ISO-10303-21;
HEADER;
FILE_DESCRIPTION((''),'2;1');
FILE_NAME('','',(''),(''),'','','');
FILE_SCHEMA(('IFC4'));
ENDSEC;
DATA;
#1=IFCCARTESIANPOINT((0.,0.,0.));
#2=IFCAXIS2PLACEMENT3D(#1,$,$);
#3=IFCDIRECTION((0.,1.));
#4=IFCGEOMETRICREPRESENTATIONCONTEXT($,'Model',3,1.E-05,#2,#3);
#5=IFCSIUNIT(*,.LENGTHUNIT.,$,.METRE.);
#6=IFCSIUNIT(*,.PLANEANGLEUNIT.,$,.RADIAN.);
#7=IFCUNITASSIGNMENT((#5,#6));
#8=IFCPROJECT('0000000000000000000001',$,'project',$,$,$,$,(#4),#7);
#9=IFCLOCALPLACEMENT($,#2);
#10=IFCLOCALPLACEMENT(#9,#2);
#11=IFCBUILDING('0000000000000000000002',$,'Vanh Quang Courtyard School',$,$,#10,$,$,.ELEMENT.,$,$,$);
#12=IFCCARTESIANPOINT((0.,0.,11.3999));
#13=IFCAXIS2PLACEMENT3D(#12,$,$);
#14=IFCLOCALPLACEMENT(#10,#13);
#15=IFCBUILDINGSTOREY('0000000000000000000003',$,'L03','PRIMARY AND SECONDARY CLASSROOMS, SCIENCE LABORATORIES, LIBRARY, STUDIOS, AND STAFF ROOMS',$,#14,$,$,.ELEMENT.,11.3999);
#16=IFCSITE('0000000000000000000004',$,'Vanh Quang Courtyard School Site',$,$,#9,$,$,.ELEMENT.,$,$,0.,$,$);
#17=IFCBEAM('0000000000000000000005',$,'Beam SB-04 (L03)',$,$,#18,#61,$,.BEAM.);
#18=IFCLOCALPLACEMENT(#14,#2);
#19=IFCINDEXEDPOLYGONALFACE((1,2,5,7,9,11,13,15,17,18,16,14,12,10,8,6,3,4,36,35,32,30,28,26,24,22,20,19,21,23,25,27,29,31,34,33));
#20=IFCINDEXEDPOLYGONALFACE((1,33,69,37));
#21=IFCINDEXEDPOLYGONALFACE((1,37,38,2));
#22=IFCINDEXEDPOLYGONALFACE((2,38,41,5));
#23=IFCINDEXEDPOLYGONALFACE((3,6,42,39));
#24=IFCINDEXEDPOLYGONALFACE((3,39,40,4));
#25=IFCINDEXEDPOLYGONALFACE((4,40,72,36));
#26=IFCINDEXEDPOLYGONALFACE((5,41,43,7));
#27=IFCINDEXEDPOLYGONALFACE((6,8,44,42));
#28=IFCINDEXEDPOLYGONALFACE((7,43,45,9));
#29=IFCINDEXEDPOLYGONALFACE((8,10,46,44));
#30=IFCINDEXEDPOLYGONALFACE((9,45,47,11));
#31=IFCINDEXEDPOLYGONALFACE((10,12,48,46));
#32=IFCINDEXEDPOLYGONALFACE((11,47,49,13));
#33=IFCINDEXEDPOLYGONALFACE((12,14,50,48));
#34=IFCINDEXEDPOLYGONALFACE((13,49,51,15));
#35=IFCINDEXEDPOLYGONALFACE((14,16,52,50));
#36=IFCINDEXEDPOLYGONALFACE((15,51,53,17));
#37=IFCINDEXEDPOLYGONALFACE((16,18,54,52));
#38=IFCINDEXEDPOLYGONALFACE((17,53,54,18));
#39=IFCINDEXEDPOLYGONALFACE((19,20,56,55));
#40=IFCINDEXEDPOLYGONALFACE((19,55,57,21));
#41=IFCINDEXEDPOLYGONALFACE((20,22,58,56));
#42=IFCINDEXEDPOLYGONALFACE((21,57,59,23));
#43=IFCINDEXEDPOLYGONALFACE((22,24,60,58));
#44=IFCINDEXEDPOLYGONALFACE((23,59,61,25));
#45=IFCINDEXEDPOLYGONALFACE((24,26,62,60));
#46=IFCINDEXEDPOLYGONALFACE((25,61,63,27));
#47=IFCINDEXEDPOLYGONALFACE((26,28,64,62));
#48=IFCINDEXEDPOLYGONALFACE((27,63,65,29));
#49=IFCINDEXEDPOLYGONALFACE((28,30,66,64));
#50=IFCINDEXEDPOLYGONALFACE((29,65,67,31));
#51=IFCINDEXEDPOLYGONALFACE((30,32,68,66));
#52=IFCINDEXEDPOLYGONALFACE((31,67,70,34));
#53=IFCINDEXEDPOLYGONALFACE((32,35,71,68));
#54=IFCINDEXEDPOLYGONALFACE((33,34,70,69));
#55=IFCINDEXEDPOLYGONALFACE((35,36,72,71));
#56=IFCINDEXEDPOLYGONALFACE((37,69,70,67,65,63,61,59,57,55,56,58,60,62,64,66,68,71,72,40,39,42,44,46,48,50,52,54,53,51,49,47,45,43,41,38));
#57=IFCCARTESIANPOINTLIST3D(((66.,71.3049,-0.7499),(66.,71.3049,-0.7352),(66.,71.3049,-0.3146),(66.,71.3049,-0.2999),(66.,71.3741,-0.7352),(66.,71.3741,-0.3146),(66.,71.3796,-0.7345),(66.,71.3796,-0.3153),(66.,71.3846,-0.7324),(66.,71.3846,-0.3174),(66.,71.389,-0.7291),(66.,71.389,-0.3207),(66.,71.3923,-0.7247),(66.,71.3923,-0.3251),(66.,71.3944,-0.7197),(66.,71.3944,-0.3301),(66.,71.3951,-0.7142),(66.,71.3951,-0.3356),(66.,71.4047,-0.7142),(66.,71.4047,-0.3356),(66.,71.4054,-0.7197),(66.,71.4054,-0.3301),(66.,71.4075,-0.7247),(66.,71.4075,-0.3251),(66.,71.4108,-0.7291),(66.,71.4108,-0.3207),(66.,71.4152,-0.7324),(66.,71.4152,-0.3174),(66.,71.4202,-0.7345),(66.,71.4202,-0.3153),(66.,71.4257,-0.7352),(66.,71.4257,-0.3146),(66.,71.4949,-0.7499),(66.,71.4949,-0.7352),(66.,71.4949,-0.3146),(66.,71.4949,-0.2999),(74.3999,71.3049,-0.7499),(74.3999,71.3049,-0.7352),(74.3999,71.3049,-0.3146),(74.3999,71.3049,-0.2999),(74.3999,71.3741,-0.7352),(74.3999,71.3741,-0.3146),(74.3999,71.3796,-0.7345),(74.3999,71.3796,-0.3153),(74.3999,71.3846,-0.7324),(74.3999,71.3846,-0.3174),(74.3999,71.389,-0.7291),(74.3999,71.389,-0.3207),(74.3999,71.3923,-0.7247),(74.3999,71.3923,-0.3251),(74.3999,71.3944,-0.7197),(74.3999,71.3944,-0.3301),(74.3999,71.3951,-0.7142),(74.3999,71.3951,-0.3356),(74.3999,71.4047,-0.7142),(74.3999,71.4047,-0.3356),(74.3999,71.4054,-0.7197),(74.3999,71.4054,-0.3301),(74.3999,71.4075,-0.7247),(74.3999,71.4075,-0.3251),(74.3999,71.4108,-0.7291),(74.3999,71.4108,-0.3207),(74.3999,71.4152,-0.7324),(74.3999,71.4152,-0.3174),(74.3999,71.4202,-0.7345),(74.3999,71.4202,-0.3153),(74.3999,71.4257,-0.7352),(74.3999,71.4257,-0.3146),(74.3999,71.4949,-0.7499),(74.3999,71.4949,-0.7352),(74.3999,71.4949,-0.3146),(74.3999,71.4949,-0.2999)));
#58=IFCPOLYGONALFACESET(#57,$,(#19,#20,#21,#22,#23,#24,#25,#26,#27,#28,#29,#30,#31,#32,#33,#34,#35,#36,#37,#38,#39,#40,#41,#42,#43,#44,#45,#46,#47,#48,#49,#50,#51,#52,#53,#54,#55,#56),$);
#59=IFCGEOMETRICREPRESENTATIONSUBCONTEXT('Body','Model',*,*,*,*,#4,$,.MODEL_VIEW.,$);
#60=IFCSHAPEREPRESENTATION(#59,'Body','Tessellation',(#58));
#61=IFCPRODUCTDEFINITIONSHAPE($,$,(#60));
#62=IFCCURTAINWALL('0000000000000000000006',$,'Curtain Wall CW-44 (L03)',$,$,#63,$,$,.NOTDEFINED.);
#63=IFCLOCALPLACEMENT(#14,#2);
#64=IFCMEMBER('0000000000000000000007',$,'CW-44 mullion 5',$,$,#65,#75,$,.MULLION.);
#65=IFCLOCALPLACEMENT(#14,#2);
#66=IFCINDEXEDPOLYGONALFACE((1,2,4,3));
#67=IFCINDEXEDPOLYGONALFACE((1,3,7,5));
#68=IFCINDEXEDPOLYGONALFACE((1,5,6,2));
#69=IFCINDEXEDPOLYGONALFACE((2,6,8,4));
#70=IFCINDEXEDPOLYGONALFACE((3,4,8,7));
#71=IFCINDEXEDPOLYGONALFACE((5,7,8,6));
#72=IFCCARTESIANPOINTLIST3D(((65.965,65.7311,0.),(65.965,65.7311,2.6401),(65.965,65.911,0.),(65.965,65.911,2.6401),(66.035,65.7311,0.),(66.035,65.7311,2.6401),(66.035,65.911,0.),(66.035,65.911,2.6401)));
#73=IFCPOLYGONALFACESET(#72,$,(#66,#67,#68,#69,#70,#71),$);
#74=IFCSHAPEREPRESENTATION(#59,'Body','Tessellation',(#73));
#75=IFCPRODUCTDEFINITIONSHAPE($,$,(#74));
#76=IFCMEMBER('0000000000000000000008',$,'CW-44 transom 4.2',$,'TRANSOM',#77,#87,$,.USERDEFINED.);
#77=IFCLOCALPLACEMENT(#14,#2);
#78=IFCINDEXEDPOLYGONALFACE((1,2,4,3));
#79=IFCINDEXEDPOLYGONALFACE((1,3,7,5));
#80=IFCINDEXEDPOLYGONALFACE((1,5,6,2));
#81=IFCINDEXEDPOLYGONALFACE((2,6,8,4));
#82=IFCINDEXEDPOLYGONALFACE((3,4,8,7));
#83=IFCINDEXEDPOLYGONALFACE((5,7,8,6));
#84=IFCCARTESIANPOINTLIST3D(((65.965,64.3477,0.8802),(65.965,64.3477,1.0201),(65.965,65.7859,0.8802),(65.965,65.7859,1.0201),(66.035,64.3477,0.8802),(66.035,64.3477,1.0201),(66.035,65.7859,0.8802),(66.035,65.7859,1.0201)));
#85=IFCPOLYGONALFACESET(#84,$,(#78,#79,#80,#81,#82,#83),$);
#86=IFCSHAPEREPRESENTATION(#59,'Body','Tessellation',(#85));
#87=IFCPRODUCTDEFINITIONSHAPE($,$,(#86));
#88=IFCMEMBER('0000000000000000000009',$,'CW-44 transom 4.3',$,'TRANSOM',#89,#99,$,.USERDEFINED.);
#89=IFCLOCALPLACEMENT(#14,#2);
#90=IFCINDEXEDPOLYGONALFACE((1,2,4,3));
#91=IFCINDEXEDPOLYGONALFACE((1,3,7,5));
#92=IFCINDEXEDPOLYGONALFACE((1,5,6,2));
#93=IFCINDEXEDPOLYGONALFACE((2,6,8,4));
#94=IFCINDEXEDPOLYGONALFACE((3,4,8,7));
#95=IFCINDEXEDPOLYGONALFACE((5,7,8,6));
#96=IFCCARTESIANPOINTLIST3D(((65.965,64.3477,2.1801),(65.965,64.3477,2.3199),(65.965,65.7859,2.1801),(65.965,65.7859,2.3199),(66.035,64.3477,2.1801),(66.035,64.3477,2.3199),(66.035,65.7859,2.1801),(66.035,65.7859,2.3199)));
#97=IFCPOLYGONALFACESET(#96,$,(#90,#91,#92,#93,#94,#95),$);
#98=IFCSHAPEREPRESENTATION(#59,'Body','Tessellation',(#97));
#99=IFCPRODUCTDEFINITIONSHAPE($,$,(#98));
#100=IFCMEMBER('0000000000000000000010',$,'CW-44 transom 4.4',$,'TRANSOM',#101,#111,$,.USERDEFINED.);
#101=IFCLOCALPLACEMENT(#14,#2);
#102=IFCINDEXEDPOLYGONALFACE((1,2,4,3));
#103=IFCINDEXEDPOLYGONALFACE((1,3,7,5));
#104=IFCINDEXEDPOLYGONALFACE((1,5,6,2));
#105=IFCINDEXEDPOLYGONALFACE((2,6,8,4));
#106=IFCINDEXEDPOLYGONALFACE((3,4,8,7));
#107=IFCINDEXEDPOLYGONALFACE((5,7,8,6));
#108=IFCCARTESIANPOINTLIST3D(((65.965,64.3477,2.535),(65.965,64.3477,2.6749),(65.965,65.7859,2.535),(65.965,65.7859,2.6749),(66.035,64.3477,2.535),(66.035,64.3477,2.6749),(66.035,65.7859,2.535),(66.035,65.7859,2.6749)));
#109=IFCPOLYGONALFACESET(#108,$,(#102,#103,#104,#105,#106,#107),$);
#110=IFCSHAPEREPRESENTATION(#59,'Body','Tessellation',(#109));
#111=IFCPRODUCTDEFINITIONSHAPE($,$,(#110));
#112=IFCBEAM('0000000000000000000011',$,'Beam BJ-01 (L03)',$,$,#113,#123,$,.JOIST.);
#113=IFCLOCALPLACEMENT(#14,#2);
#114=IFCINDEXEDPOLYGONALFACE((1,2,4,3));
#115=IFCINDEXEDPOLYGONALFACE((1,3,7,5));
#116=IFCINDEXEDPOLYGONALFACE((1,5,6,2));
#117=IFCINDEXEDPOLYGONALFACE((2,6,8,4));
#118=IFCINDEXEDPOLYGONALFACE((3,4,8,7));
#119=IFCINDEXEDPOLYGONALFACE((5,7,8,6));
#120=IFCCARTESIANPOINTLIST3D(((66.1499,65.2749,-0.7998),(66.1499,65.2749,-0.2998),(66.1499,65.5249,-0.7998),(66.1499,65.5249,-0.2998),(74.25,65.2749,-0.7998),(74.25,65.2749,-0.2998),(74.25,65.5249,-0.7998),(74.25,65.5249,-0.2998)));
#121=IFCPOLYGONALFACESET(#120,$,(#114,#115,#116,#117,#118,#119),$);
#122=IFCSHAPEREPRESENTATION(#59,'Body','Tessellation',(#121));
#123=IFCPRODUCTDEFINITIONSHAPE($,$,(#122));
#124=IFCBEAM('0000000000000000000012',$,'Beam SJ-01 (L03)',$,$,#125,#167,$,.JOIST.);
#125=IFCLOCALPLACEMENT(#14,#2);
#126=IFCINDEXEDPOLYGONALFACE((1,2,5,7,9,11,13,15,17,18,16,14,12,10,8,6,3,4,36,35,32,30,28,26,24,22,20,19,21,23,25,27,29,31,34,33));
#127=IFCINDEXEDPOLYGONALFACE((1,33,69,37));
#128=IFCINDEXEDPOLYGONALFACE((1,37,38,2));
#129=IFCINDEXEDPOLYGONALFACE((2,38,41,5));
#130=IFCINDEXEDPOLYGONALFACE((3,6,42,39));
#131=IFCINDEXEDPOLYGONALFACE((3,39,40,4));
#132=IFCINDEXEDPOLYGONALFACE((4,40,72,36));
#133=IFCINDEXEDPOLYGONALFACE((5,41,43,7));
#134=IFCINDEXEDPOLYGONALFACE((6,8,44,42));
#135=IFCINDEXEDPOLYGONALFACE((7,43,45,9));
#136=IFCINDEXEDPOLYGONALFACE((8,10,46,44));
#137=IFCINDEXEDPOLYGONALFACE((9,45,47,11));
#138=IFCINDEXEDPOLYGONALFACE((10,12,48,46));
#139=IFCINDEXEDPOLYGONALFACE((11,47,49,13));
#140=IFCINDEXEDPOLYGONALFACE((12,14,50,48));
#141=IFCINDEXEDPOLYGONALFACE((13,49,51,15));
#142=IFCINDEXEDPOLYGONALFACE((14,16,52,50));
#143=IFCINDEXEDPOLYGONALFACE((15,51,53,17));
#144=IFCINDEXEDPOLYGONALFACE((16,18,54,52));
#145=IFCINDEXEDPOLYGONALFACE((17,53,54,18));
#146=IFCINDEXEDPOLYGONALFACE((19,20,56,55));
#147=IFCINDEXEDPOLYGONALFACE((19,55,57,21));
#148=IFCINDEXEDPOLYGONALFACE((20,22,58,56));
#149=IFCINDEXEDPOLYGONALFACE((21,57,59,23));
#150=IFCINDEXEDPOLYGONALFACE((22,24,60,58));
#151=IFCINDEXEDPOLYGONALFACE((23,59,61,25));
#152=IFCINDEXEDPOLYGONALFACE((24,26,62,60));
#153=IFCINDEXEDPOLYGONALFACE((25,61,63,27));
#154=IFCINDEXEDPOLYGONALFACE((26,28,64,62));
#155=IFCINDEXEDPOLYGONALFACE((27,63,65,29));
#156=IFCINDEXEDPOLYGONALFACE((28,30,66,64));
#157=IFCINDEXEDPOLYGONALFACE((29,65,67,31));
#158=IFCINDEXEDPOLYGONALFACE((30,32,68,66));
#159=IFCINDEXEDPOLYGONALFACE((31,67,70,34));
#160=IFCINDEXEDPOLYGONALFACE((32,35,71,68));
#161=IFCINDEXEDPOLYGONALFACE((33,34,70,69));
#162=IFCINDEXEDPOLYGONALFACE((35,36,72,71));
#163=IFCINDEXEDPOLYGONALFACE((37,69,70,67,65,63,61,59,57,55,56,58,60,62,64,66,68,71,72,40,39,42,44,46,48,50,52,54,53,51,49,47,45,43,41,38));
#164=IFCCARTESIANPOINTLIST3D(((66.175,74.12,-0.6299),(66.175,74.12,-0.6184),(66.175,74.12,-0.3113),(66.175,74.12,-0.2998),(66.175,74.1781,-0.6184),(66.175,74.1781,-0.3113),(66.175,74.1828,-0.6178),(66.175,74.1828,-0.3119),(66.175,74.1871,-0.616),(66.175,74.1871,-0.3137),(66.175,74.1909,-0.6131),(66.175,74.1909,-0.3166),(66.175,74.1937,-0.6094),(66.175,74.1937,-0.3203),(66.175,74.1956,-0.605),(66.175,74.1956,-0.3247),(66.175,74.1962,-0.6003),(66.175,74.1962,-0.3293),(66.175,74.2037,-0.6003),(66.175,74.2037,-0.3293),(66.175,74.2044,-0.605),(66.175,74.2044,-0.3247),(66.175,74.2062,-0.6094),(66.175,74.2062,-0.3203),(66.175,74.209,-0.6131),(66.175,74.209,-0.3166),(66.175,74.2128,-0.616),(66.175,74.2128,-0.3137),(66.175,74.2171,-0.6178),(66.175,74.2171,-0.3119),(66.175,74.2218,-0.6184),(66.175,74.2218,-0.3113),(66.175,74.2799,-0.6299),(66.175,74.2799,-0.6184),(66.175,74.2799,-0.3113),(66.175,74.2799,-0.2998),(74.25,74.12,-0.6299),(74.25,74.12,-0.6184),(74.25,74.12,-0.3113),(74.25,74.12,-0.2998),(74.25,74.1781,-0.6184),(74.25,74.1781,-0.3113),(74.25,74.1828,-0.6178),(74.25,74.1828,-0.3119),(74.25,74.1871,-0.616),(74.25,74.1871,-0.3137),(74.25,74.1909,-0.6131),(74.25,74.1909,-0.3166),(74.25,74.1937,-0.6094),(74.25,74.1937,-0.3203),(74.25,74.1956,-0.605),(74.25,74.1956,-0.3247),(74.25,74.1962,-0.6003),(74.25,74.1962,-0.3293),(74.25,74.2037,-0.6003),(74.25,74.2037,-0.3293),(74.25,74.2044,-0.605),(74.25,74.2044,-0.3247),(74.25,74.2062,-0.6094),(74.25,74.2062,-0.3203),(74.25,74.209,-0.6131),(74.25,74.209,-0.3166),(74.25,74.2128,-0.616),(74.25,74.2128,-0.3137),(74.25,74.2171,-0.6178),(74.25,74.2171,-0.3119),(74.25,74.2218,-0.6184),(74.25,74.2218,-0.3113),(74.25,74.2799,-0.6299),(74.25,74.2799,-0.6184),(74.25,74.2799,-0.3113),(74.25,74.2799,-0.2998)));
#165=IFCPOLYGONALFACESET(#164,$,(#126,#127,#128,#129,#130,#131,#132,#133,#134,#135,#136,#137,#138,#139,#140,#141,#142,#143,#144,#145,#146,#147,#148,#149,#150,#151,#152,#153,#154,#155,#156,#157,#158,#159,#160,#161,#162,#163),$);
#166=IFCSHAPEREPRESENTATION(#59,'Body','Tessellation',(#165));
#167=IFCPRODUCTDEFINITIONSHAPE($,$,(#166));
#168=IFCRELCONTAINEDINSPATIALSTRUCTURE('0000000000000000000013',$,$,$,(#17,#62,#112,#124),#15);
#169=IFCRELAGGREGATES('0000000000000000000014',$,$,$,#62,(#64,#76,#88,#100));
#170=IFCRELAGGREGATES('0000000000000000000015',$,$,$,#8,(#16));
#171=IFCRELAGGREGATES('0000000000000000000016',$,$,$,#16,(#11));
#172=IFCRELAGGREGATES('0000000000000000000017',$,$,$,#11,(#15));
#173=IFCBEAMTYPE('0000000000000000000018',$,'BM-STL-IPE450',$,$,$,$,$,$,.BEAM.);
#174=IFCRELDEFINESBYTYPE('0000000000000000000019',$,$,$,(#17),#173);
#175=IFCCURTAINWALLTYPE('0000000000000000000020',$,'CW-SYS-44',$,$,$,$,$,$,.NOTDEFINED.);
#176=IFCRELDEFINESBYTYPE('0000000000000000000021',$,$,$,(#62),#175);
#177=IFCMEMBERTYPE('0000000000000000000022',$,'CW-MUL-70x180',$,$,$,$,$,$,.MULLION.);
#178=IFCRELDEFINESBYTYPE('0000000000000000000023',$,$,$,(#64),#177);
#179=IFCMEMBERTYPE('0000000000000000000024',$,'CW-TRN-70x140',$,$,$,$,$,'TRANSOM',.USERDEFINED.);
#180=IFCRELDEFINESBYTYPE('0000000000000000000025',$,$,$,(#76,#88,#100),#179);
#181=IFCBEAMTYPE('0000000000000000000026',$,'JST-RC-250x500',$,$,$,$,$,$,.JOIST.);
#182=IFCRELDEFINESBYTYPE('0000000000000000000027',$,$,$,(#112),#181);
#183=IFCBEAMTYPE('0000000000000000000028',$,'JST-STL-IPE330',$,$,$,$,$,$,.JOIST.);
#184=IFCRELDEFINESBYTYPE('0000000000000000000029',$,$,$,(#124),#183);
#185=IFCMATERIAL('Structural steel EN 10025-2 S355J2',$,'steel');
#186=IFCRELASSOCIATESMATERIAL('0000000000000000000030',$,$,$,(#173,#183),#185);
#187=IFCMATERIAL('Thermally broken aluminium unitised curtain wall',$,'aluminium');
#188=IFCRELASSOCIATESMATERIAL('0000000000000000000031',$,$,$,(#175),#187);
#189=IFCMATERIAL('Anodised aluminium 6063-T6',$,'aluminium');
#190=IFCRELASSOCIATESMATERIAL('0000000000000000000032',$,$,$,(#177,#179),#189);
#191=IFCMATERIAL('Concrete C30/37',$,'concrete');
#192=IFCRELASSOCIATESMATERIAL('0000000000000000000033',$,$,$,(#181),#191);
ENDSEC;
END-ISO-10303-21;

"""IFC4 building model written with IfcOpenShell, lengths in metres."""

from ifc_helpers import new_model, si_unit, direction, frame, origin, origin_2d, place, context, subcontext, project, spatial, rectangle, i_section, extrude, material, material_profile, profile_set, type_object, element, aggregate, save


model = new_model("IFC4")

# Units and contexts
model_context = context("Model", 3, precision=1e-05, world=origin(), true_north=direction((0.0, 1.0)))
body_context = subcontext(model_context, "Body", "Model", "MODEL_VIEW")
ifc_project = project(units=[si_unit("LENGTHUNIT", "METRE"), si_unit("PLANEANGLEUNIT", "RADIAN")], contexts=[model_context])

# Site, building, storey
site_placement = place(None, origin())
site = spatial("IfcSite", under=ifc_project, at=site_placement, Name="Vanh Quang Courtyard School Site", CompositionType="ELEMENT", RefElevation=0.0)
building_placement = place(site_placement, origin())
building = spatial("IfcBuilding", under=site, at=building_placement, Name="Vanh Quang Courtyard School", CompositionType="ELEMENT")
storey_placement = place(building_placement, frame((0.0, 0.0, 11.3999)))
storey = spatial("IfcBuildingStorey", under=building, at=storey_placement, Name="L03", Description="PRIMARY AND SECONDARY CLASSROOMS, SCIENCE LABORATORIES, LIBRARY, STUDIOS, AND STAFF ROOMS", CompositionType="ELEMENT", Elevation=11.3999)

# Beam
ifc_material_1 = material(Name="Structural steel EN 10025-2 S355J2", Category="steel")
ifc_material_profile_1 = material_profile(ifc_material_1, i_section(OverallWidth=0.1899, OverallDepth=0.45, WebThickness=0.0095, FlangeThickness=0.0146, FilletRadius=0.021, at=origin_2d()), Name="IPE 450")
ifc_profile_set_1 = profile_set([ifc_material_profile_1], Name="Structural steel EN 10025-2 S355J2")
beam_type_1 = type_object("IfcBeamType", Name="BM-STL-IPE450", PredefinedType="BEAM", material=ifc_profile_set_1)
beam_1_placement = place(storey_placement, frame((66.0, 71.3999, -0.5249), z_axis=(1.0, 0.0, 0.0), x_axis=(0.0, 1.0, 0.0)))
element("IfcBeam", 1, at=beam_1_placement, inside=storey, type_object=beam_type_1, Name="Beam SB-04 (L03)", PredefinedType="BEAM", context=body_context, shape_type="SweptSolid", body=[
    extrude(i_section(OverallWidth=0.1899, OverallDepth=0.45, WebThickness=0.0095, FlangeThickness=0.0146, FilletRadius=0.021, at=origin_2d()), origin(), (0.0, 0.0, 1.0), 8.3999),
])

# Curtain wall, members
ifc_material_2 = material(Name="Thermally broken aluminium unitised curtain wall", Category="aluminium")
curtain_wall_type = type_object("IfcCurtainWallType", Name="CW-SYS-44", PredefinedType="NOTDEFINED", material=ifc_material_2)
curtain_wall_placement = place(storey_placement, origin())
curtain_wall = element("IfcCurtainWall", 2, at=curtain_wall_placement, inside=storey, type_object=curtain_wall_type, Name="Curtain Wall CW-44 (L03)", PredefinedType="NOTDEFINED")
ifc_material_3 = material(Name="Anodised aluminium 6063-T6", Category="aluminium")
ifc_material_profile_2 = material_profile(ifc_material_3, rectangle(XDim=0.0701, YDim=0.1799, at=origin_2d()), Name="ALU-MUL 70x180")
ifc_profile_set_2 = profile_set([ifc_material_profile_2], Name="Anodised aluminium 6063-T6")
member_type_1 = type_object("IfcMemberType", Name="CW-MUL-70x180", PredefinedType="MULLION", material=ifc_profile_set_2)
member_1_placement = place(storey_placement, frame((66.0, 65.821, 0.0), z_axis=(0.0, 0.0, 1.0), x_axis=(-1.0, 0.0, 0.0)))
member_1 = element("IfcMember", 3, at=member_1_placement, type_object=member_type_1, Name="CW-44 mullion 5", PredefinedType="MULLION", context=body_context, shape_type="SweptSolid", body=[
    extrude(rectangle(XDim=0.0701, YDim=0.1799, at=origin_2d()), origin(), (0.0, 0.0, 1.0), 2.6401),
])
ifc_material_profile_3 = material_profile(ifc_material_3, rectangle(XDim=0.0701, YDim=0.1399, at=origin_2d()), Name="ALU-TRN 70x140")
ifc_profile_set_3 = profile_set([ifc_material_profile_3], Name="Anodised aluminium 6063-T6")
member_type_2 = type_object("IfcMemberType", Name="CW-TRN-70x140", ElementType="TRANSOM", PredefinedType="USERDEFINED", material=ifc_profile_set_3)
member_2_placement = place(storey_placement, frame((66.0, 64.3477, 0.9502), z_axis=(0.0, 1.0, 0.0), x_axis=(-1.0, 0.0, 0.0)))
member_2 = element("IfcMember", 4, at=member_2_placement, type_object=member_type_2, Name="CW-44 transom 4.2", ObjectType="TRANSOM", PredefinedType="USERDEFINED", context=body_context, shape_type="SweptSolid", body=[
    extrude(rectangle(XDim=0.0701, YDim=0.1399, at=origin_2d()), origin(), (0.0, 0.0, 1.0), 1.4382),
])
member_3_placement = place(storey_placement, frame((66.0, 64.3477, 2.25), z_axis=(0.0, 1.0, 0.0), x_axis=(-1.0, 0.0, 0.0)))
member_3 = element("IfcMember", 5, at=member_3_placement, type_object=member_type_2, Name="CW-44 transom 4.3", ObjectType="TRANSOM", PredefinedType="USERDEFINED", context=body_context, shape_type="SweptSolid", body=[
    extrude(rectangle(XDim=0.0701, YDim=0.1399, at=origin_2d()), origin(), (0.0, 0.0, 1.0), 1.4382),
])
member_4_placement = place(storey_placement, frame((66.0, 64.3477, 2.605), z_axis=(0.0, 1.0, 0.0), x_axis=(-1.0, 0.0, 0.0)))
member_4 = element("IfcMember", 6, at=member_4_placement, type_object=member_type_2, Name="CW-44 transom 4.4", ObjectType="TRANSOM", PredefinedType="USERDEFINED", context=body_context, shape_type="SweptSolid", body=[
    extrude(rectangle(XDim=0.0701, YDim=0.1399, at=origin_2d()), origin(), (0.0, 0.0, 1.0), 1.4382),
])

# Beams
ifc_material_4 = material(Name="Concrete C30/37", Category="concrete")
ifc_material_profile_4 = material_profile(ifc_material_4, rectangle(XDim=0.25, YDim=0.5, at=origin_2d()), Name="RC-JST 250x500")
ifc_profile_set_4 = profile_set([ifc_material_profile_4], Name="Concrete C30/37")
beam_type_2 = type_object("IfcBeamType", Name="JST-RC-250x500", PredefinedType="JOIST", material=ifc_profile_set_4)
beam_2_placement = place(storey_placement, frame((66.1499, 65.3999, -0.5498), z_axis=(1.0, 0.0, 0.0), x_axis=(0.0, 1.0, 0.0)))
element("IfcBeam", 7, at=beam_2_placement, inside=storey, type_object=beam_type_2, Name="Beam BJ-01 (L03)", PredefinedType="JOIST", context=body_context, shape_type="SweptSolid", body=[
    extrude(rectangle(XDim=0.25, YDim=0.5, at=origin_2d()), origin(), (0.0, 0.0, 1.0), 8.1001),
])
ifc_material_profile_5 = material_profile(ifc_material_1, i_section(OverallWidth=0.1599, OverallDepth=0.3301, WebThickness=0.0076, FlangeThickness=0.0115, FilletRadius=0.0181, at=origin_2d()), Name="IPE 330")
ifc_profile_set_5 = profile_set([ifc_material_profile_5], Name="Structural steel EN 10025-2 S355J2")
beam_type_3 = type_object("IfcBeamType", Name="JST-STL-IPE330", PredefinedType="JOIST", material=ifc_profile_set_5)
for number, where, z_axis, x_axis, name in (
    (8, (66.175, 74.2, -0.4648), (1.0, 0.0, 0.0), (0.0, 1.0, 0.0), "Beam SJ-01 (L03)"),
):
    element("IfcBeam", number, at=place(storey_placement, frame(where, z_axis=z_axis, x_axis=x_axis)), inside=storey, type_object=beam_type_3, Name=name, PredefinedType="JOIST", context=body_context, shape_type="SweptSolid", body=[
        extrude(i_section(OverallWidth=0.1599, OverallDepth=0.3301, WebThickness=0.0076, FlangeThickness=0.0115, FilletRadius=0.0181, at=origin_2d()), origin(), (0.0, 0.0, 1.0), 8.075),
    ])

aggregate(curtain_wall, [member_1, member_2, member_3, member_4])

save(model, "model.ifc")
